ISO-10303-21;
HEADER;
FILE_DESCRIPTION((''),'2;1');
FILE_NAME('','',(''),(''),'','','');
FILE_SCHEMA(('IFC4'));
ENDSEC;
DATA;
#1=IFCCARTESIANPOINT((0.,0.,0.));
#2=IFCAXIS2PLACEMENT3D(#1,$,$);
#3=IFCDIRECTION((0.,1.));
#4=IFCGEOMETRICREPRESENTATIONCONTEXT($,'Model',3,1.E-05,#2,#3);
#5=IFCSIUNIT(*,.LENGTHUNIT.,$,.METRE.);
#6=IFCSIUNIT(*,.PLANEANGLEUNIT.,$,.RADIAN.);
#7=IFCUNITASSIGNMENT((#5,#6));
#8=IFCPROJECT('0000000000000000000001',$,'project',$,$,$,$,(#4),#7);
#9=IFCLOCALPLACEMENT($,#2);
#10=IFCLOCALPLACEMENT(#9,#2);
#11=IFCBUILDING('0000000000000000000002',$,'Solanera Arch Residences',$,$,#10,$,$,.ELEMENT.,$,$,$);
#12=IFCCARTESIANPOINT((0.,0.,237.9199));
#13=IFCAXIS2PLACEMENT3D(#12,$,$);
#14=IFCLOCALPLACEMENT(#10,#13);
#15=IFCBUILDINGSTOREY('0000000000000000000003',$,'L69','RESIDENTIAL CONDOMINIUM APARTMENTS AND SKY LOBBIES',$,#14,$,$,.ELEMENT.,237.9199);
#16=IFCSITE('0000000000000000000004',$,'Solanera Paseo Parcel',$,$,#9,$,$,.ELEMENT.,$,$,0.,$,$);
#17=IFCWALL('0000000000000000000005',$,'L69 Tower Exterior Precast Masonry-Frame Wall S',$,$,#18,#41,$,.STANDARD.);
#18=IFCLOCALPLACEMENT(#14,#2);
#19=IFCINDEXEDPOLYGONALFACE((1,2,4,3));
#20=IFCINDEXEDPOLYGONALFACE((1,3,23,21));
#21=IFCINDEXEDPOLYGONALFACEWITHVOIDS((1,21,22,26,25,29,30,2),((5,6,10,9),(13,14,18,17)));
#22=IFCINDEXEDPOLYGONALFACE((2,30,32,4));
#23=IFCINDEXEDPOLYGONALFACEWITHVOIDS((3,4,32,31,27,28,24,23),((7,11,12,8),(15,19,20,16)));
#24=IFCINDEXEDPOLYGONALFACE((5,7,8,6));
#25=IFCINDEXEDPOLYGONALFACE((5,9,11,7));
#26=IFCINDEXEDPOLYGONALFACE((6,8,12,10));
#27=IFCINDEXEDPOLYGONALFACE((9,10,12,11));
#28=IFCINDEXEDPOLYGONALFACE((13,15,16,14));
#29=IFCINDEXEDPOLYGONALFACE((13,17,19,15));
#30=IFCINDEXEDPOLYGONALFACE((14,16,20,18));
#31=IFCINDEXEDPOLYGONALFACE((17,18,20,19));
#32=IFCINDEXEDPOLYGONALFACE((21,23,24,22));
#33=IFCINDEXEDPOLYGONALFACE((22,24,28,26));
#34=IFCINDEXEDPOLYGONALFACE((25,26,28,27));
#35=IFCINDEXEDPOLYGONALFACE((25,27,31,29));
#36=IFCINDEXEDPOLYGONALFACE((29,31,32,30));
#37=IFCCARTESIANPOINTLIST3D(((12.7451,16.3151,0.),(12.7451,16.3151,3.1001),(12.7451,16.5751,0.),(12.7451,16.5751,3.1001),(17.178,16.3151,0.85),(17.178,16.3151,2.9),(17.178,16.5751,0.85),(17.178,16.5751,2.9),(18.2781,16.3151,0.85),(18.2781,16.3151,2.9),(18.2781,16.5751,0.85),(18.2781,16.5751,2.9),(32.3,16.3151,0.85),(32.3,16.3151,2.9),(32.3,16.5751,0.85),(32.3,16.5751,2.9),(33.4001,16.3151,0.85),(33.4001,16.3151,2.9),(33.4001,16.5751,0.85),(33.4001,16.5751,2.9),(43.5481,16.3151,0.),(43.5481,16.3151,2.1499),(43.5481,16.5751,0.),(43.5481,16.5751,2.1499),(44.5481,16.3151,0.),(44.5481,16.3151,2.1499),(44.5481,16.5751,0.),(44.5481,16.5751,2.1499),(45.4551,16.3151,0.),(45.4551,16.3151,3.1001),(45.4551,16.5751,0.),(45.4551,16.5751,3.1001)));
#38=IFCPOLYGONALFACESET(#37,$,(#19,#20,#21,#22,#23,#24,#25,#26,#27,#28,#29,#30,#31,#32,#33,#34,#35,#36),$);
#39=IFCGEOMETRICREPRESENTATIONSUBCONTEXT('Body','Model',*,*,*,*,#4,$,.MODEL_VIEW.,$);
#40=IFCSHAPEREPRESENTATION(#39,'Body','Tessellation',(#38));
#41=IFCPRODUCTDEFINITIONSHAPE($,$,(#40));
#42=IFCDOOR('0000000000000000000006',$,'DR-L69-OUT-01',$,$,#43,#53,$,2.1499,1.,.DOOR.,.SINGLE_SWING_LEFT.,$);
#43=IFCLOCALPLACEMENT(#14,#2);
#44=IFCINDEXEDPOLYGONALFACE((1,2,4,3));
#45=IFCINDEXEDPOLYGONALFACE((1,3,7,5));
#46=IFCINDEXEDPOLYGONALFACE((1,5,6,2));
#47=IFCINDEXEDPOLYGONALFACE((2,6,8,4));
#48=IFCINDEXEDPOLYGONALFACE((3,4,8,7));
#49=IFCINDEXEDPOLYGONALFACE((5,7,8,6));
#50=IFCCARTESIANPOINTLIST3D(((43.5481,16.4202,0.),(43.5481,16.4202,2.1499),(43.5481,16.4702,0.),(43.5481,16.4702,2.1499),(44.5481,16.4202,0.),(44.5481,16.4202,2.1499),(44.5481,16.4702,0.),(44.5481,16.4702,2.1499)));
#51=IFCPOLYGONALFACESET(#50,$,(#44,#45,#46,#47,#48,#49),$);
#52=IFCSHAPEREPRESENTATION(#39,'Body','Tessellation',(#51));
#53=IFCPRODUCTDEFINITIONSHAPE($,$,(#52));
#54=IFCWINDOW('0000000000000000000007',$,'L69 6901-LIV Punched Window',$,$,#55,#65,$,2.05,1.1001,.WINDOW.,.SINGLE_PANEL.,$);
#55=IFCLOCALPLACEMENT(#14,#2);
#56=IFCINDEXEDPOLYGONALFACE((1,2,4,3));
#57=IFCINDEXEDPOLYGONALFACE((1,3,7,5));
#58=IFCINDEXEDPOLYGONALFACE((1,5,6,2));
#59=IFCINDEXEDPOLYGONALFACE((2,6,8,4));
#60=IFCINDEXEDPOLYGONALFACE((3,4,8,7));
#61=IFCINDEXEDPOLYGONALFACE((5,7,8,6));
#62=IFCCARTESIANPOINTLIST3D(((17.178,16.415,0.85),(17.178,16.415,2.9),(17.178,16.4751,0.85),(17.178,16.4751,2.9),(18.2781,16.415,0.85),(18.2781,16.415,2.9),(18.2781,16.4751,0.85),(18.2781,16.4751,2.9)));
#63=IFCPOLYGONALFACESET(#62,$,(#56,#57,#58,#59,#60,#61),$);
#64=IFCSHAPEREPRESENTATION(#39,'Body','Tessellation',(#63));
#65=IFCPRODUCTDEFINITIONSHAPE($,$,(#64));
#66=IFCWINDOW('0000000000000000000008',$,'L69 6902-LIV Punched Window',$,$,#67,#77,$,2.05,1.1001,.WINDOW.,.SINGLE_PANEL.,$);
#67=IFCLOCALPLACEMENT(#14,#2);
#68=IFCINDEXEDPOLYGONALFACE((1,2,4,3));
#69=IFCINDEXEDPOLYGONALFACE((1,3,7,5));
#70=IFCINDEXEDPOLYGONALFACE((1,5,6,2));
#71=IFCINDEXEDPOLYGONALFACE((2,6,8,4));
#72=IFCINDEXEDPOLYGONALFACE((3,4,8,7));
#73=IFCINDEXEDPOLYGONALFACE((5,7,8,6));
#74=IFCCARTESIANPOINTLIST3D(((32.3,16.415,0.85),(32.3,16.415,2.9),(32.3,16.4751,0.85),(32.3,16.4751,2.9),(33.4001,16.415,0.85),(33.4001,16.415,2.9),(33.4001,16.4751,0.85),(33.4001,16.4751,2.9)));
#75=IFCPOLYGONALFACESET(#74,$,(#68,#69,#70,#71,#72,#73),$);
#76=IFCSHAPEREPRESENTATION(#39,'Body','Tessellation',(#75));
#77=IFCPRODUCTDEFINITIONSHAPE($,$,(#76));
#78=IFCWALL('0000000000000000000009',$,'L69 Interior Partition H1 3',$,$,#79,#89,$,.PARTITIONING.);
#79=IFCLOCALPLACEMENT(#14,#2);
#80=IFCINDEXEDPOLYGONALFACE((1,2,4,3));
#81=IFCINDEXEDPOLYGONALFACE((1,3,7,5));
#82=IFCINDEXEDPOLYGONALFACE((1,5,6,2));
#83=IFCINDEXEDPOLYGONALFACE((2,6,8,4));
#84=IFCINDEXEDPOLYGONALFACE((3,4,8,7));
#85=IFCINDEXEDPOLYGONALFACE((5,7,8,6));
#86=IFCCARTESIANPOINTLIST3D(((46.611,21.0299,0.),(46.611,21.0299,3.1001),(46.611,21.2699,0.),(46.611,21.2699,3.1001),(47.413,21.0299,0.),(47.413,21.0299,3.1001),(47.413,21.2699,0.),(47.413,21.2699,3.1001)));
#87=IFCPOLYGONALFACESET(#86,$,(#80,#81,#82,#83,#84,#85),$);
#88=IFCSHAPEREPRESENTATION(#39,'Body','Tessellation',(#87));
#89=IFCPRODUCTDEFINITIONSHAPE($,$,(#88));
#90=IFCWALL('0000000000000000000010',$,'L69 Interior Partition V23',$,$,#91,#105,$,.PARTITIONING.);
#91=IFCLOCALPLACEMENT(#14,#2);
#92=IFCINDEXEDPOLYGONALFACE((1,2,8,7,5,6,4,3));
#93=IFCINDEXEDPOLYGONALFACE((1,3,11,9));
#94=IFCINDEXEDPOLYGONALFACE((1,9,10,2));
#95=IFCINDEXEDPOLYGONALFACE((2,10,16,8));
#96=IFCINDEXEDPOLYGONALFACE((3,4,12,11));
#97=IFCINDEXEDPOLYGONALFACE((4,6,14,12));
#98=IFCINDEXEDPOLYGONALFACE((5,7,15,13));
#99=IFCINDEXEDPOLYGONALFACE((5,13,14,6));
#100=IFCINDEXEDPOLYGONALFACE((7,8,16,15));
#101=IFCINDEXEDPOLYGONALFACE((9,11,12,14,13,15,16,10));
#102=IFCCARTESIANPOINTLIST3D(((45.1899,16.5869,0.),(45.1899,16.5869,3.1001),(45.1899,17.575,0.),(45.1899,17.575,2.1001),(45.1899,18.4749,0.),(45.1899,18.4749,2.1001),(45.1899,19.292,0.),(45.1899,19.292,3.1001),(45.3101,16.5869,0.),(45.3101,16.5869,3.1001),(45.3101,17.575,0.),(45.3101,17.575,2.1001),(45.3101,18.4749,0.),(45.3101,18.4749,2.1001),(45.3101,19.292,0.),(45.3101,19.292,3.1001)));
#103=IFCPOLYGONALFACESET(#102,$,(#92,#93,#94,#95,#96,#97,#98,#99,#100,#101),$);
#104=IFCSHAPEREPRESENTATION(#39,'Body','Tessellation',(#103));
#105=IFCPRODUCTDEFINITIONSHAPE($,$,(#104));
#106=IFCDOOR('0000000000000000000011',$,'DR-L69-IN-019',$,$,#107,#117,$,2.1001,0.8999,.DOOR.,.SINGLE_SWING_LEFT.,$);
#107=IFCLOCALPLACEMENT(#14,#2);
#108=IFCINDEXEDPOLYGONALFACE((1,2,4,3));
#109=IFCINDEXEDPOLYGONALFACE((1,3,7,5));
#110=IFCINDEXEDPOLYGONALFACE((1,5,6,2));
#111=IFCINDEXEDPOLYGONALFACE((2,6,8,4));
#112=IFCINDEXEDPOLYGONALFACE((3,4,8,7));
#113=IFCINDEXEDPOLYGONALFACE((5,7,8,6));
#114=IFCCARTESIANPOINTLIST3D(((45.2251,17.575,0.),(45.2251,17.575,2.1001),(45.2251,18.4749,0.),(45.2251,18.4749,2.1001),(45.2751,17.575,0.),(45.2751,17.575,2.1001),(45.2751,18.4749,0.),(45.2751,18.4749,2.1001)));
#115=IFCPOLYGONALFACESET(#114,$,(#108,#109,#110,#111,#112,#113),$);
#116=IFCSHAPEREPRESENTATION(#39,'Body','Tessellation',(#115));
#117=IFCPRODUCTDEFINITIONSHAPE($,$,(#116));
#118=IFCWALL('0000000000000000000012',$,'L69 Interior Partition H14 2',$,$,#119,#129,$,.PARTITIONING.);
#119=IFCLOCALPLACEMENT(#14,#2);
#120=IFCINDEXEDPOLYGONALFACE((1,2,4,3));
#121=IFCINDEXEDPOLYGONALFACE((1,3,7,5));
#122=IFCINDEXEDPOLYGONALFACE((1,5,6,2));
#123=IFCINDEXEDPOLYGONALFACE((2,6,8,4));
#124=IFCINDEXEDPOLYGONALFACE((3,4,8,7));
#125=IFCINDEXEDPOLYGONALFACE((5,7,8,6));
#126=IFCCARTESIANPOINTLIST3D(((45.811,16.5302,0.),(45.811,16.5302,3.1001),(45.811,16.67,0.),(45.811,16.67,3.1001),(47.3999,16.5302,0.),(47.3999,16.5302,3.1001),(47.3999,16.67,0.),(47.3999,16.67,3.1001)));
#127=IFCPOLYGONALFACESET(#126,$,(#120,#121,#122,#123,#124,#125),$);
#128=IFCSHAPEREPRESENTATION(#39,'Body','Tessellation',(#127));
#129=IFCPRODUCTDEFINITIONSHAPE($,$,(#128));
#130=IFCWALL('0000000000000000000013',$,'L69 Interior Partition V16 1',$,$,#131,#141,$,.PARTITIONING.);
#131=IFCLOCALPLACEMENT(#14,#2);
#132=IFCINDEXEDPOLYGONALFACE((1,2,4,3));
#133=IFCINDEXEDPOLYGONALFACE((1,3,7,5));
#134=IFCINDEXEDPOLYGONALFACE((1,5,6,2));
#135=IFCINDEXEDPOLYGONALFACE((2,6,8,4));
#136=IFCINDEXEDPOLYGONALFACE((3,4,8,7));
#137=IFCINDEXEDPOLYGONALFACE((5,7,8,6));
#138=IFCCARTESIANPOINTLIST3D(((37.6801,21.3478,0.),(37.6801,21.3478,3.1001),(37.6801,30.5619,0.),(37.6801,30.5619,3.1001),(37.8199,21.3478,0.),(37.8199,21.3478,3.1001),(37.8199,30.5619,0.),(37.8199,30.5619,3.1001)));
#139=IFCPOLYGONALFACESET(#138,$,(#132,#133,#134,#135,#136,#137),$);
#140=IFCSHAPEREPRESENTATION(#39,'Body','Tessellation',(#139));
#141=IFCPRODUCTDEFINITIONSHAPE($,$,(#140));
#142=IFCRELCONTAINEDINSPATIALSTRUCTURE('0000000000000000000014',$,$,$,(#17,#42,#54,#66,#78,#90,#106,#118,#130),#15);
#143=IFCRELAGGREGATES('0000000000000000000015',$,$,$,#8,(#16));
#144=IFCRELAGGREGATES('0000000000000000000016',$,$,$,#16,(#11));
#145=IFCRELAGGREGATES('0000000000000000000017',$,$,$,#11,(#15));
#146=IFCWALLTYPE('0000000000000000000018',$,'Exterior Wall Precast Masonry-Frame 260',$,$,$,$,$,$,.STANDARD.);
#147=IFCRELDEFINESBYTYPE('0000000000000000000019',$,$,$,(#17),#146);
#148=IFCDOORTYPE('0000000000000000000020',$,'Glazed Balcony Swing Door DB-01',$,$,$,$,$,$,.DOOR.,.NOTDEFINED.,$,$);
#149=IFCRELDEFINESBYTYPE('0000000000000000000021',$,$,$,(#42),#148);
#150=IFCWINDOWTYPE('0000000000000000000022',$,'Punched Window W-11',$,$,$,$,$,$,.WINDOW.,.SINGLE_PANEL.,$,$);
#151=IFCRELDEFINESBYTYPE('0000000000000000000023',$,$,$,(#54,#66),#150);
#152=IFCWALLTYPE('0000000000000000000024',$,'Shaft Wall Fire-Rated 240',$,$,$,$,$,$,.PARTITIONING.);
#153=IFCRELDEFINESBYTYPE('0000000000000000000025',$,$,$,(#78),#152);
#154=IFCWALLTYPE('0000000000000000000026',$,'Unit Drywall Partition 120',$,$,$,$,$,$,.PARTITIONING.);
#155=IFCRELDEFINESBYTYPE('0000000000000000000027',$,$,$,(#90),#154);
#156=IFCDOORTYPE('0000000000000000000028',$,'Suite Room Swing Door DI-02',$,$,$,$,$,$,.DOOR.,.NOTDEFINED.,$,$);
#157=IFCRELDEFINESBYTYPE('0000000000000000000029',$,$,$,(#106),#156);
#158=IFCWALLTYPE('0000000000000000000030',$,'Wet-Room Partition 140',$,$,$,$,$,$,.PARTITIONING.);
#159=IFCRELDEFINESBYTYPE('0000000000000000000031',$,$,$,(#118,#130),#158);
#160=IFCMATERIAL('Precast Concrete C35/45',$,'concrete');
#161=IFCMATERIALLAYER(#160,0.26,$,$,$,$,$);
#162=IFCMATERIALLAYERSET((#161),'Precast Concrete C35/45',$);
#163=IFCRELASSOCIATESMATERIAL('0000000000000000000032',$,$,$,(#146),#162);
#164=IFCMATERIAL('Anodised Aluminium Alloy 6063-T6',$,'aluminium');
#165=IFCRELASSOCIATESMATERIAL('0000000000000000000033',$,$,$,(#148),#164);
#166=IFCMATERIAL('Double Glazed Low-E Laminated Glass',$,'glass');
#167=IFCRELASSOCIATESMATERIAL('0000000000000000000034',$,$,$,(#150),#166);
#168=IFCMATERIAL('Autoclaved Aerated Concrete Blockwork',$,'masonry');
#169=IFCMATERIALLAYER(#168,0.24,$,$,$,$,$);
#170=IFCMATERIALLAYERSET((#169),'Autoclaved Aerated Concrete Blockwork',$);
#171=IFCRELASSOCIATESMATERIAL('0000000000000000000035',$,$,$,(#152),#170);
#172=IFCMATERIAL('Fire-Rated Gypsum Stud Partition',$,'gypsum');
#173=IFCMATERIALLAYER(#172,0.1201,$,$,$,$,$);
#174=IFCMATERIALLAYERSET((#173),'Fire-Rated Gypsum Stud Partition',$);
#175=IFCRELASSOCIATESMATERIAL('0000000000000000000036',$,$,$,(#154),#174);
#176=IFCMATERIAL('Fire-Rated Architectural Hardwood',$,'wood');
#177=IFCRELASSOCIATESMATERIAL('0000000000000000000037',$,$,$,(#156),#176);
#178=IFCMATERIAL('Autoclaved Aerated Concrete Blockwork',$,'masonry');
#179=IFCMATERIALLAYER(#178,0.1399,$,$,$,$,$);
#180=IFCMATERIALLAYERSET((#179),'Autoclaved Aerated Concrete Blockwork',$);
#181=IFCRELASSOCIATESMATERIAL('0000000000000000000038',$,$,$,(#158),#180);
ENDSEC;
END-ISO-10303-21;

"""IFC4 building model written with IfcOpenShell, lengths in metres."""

from ifc_helpers import new_model, si_unit, direction, frame, frame_2d, origin, place, context, subcontext, project, spatial, rectangle, extrude, material, layer, layer_set, type_object, element, fill, save


model = new_model("IFC4")

# Units and contexts
model_context = context("Model", 3, precision=1e-05, world=origin(), true_north=direction((0.0, 1.0)))
body_context = subcontext(model_context, "Body", "Model", "MODEL_VIEW")
ifc_project = project(units=[si_unit("LENGTHUNIT", "METRE"), si_unit("PLANEANGLEUNIT", "RADIAN")], contexts=[model_context])

# Site, building, storey
site_placement = place(None, origin())
site = spatial("IfcSite", under=ifc_project, at=site_placement, Name="Solanera Paseo Parcel", CompositionType="ELEMENT", RefElevation=0.0)
building_placement = place(site_placement, origin())
building = spatial("IfcBuilding", under=site, at=building_placement, Name="Solanera Arch Residences", CompositionType="ELEMENT")
storey_placement = place(building_placement, frame((0.0, 0.0, 237.9199)))
storey = spatial("IfcBuildingStorey", under=building, at=storey_placement, Name="L69", Description="RESIDENTIAL CONDOMINIUM APARTMENTS AND SKY LOBBIES", CompositionType="ELEMENT", Elevation=237.9199)

# Shared definitions
ifc_material_1 = material(Name="Precast Concrete C35/45", Category="concrete")
ifc_layer_1 = layer(ifc_material_1, 0.26)
ifc_layer_set_1 = layer_set([ifc_layer_1], Name="Precast Concrete C35/45")
wall_type_1 = type_object("IfcWallType", Name="Exterior Wall Precast Masonry-Frame 260", PredefinedType="STANDARD", material=ifc_layer_set_1)

# Wall, openings, door, windows
wall_1_placement = place(storey_placement, frame((45.4551, 16.4451, 0.0), z_axis=(0.0, 0.0, 1.0), x_axis=(-1.0, 0.0, 0.0)))
wall_1 = element("IfcWall", 1, at=wall_1_placement, inside=storey, type_object=wall_type_1, Name="L69 Tower Exterior Precast Masonry-Frame Wall S", PredefinedType="STANDARD", context=body_context, shape_type="SweptSolid", body=[
    extrude(rectangle(XDim=32.71, YDim=0.26, at=frame_2d((16.355, 0.0))), origin(), (0.0, 0.0, 1.0), 3.1001),
])
opening_1_placement = place(wall_1_placement, frame((0.907, 0.0, 0.0)))
opening_1 = element("IfcOpeningElement", 2, at=opening_1_placement, cuts=wall_1, PredefinedType="OPENING", context=body_context, shape_type="SweptSolid", body=[
    extrude(rectangle(XDim=1.0, YDim=2.1499, at=frame_2d((0.5, 1.075))), frame((0.0, 0.1399, 0.0), z_axis=(0.0, -1.0, 0.0), x_axis=(1.0, 0.0, 0.0)), (0.0, 0.0, 1.0), 0.28),
])
opening_2_placement = place(wall_1_placement, frame((27.177, 0.0, 0.8501)))
opening_2 = element("IfcOpeningElement", 3, at=opening_2_placement, cuts=wall_1, PredefinedType="OPENING", context=body_context, shape_type="SweptSolid", body=[
    extrude(rectangle(XDim=1.1001, YDim=2.05, at=frame_2d((0.55, 1.0249))), frame((0.0, 0.1399, 0.0), z_axis=(0.0, -1.0, 0.0), x_axis=(1.0, 0.0, 0.0)), (0.0, 0.0, 1.0), 0.28),
])
opening_3_placement = place(wall_1_placement, frame((12.0549, 0.0, 0.8501)))
opening_3 = element("IfcOpeningElement", 4, at=opening_3_placement, cuts=wall_1, PredefinedType="OPENING", context=body_context, shape_type="SweptSolid", body=[
    extrude(rectangle(XDim=1.1001, YDim=2.05, at=frame_2d((0.55, 1.0249))), frame((0.0, 0.1399, 0.0), z_axis=(0.0, -1.0, 0.0), x_axis=(1.0, 0.0, 0.0)), (0.0, 0.0, 1.0), 0.28),
])
ifc_material_2 = material(Name="Anodised Aluminium Alloy 6063-T6", Category="aluminium")
door_type_1 = type_object("IfcDoorType", Name="Glazed Balcony Swing Door DB-01", OperationType="NOTDEFINED", PredefinedType="DOOR", material=ifc_material_2)
door_1_placement = place(opening_1_placement, origin())
door_1 = element("IfcDoor", 5, at=door_1_placement, inside=storey, type_object=door_type_1, Name="DR-L69-OUT-01", OperationType="SINGLE_SWING_LEFT", OverallHeight=2.1499, OverallWidth=1.0, PredefinedType="DOOR", context=body_context, shape_type="SweptSolid", body=[
    extrude(rectangle(XDim=1.0, YDim=2.1499, at=frame_2d((0.5, 1.075))), frame((0.0, 0.0249, 0.0), z_axis=(0.0, -1.0, 0.0), x_axis=(1.0, 0.0, 0.0)), (0.0, 0.0, 1.0), 0.05),
])
fill(opening_1, door_1)
ifc_material_3 = material(Name="Double Glazed Low-E Laminated Glass", Category="glass")
window_type = type_object("IfcWindowType", Name="Punched Window W-11", PartitioningType="SINGLE_PANEL", PredefinedType="WINDOW", material=ifc_material_3)
window_1_placement = place(opening_2_placement, origin())
window_1 = element("IfcWindow", 6, at=window_1_placement, inside=storey, type_object=window_type, Name="L69 6901-LIV Punched Window", OverallHeight=2.05, OverallWidth=1.1001, PartitioningType="SINGLE_PANEL", PredefinedType="WINDOW", context=body_context, shape_type="SweptSolid", body=[
    extrude(rectangle(XDim=1.1001, YDim=2.05, at=frame_2d((0.55, 1.0249))), frame((0.0, 0.03, 0.0), z_axis=(0.0, -1.0, 0.0), x_axis=(1.0, 0.0, 0.0)), (0.0, 0.0, 1.0), 0.0601),
])
fill(opening_2, window_1)
window_2_placement = place(opening_3_placement, origin())
window_2 = element("IfcWindow", 7, at=window_2_placement, inside=storey, type_object=window_type, Name="L69 6902-LIV Punched Window", OverallHeight=2.05, OverallWidth=1.1001, PartitioningType="SINGLE_PANEL", PredefinedType="WINDOW", context=body_context, shape_type="SweptSolid", body=[
    extrude(rectangle(XDim=1.1001, YDim=2.05, at=frame_2d((0.55, 1.0249))), frame((0.0, 0.03, 0.0), z_axis=(0.0, -1.0, 0.0), x_axis=(1.0, 0.0, 0.0)), (0.0, 0.0, 1.0), 0.0601),
])
fill(opening_3, window_2)

# Wall
ifc_material_4 = material(Name="Autoclaved Aerated Concrete Blockwork", Category="masonry")
ifc_layer_2 = layer(ifc_material_4, 0.24)
ifc_layer_set_2 = layer_set([ifc_layer_2], Name="Autoclaved Aerated Concrete Blockwork")
wall_type_2 = type_object("IfcWallType", Name="Shaft Wall Fire-Rated 240", PredefinedType="PARTITIONING", material=ifc_layer_set_2)
wall_2_placement = place(storey_placement, frame((46.6111, 21.1499, 0.0), z_axis=(0.0, 0.0, 1.0), x_axis=(1.0, 0.0, 0.0)))
element("IfcWall", 8, at=wall_2_placement, inside=storey, type_object=wall_type_2, Name="L69 Interior Partition H1 3", PredefinedType="PARTITIONING", context=body_context, shape_type="SweptSolid", body=[
    extrude(rectangle(XDim=0.802, YDim=0.24, at=frame_2d((0.4009, 0.0))), origin(), (0.0, 0.0, 1.0), 3.1001),
])

# Wall, opening, door
ifc_material_5 = material(Name="Fire-Rated Gypsum Stud Partition", Category="gypsum")
ifc_layer_3 = layer(ifc_material_5, 0.1201)
ifc_layer_set_3 = layer_set([ifc_layer_3], Name="Fire-Rated Gypsum Stud Partition")
wall_type_3 = type_object("IfcWallType", Name="Unit Drywall Partition 120", PredefinedType="PARTITIONING", material=ifc_layer_set_3)
wall_3_placement = place(storey_placement, frame((45.25, 16.5869, 0.0), z_axis=(0.0, 0.0, 1.0), x_axis=(0.0, 1.0, 0.0)))
wall_3 = element("IfcWall", 9, at=wall_3_placement, inside=storey, type_object=wall_type_3, Name="L69 Interior Partition V23", PredefinedType="PARTITIONING", context=body_context, shape_type="SweptSolid", body=[
    extrude(rectangle(XDim=2.7051, YDim=0.1201, at=frame_2d((1.3525, 0.0))), origin(), (0.0, 0.0, 1.0), 3.1001),
])
opening_4_placement = place(wall_3_placement, frame((0.988, 0.0, 0.0)))
opening_4 = element("IfcOpeningElement", 10, at=opening_4_placement, cuts=wall_3, PredefinedType="OPENING", context=body_context, shape_type="SweptSolid", body=[
    extrude(rectangle(XDim=0.8999, YDim=2.1001, at=frame_2d((0.45, 1.05))), frame((0.0, 0.0701, 0.0), z_axis=(0.0, -1.0, 0.0), x_axis=(1.0, 0.0, 0.0)), (0.0, 0.0, 1.0), 0.1401),
])
ifc_material_6 = material(Name="Fire-Rated Architectural Hardwood", Category="wood")
door_type_2 = type_object("IfcDoorType", Name="Suite Room Swing Door DI-02", OperationType="NOTDEFINED", PredefinedType="DOOR", material=ifc_material_6)
door_2_placement = place(opening_4_placement, origin())
door_2 = element("IfcDoor", 11, at=door_2_placement, inside=storey, type_object=door_type_2, Name="DR-L69-IN-019", OperationType="SINGLE_SWING_LEFT", OverallHeight=2.1001, OverallWidth=0.8999, PredefinedType="DOOR", context=body_context, shape_type="SweptSolid", body=[
    extrude(rectangle(XDim=0.8999, YDim=2.1001, at=frame_2d((0.45, 1.05))), frame((0.0, 0.0249, 0.0), z_axis=(0.0, -1.0, 0.0), x_axis=(1.0, 0.0, 0.0)), (0.0, 0.0, 1.0), 0.05),
])
fill(opening_4, door_2)

# Walls
ifc_material_7 = material(Name="Autoclaved Aerated Concrete Blockwork", Category="masonry")
ifc_layer_4 = layer(ifc_material_7, 0.1399)
ifc_layer_set_4 = layer_set([ifc_layer_4], Name="Autoclaved Aerated Concrete Blockwork")
wall_type_4 = type_object("IfcWallType", Name="Wet-Room Partition 140", PredefinedType="PARTITIONING", material=ifc_layer_set_4)
wall_4_placement = place(storey_placement, frame((45.811, 16.6001, 0.0), z_axis=(0.0, 0.0, 1.0), x_axis=(1.0, 0.0, 0.0)))
element("IfcWall", 12, at=wall_4_placement, inside=storey, type_object=wall_type_4, Name="L69 Interior Partition H14 2", PredefinedType="PARTITIONING", context=body_context, shape_type="SweptSolid", body=[
    extrude(rectangle(XDim=1.5889, YDim=0.1399, at=frame_2d((0.7944, 0.0))), origin(), (0.0, 0.0, 1.0), 3.1001),
])
wall_5_placement = place(storey_placement, frame((37.75, 21.3479, 0.0), z_axis=(0.0, 0.0, 1.0), x_axis=(0.0, 1.0, 0.0)))
element("IfcWall", 13, at=wall_5_placement, inside=storey, type_object=wall_type_4, Name="L69 Interior Partition V16 1", PredefinedType="PARTITIONING", context=body_context, shape_type="SweptSolid", body=[
    extrude(rectangle(XDim=9.2141, YDim=0.1399, at=frame_2d((4.6069, 0.0))), origin(), (0.0, 0.0, 1.0), 3.1001),
])

save(model, "model.ifc")
